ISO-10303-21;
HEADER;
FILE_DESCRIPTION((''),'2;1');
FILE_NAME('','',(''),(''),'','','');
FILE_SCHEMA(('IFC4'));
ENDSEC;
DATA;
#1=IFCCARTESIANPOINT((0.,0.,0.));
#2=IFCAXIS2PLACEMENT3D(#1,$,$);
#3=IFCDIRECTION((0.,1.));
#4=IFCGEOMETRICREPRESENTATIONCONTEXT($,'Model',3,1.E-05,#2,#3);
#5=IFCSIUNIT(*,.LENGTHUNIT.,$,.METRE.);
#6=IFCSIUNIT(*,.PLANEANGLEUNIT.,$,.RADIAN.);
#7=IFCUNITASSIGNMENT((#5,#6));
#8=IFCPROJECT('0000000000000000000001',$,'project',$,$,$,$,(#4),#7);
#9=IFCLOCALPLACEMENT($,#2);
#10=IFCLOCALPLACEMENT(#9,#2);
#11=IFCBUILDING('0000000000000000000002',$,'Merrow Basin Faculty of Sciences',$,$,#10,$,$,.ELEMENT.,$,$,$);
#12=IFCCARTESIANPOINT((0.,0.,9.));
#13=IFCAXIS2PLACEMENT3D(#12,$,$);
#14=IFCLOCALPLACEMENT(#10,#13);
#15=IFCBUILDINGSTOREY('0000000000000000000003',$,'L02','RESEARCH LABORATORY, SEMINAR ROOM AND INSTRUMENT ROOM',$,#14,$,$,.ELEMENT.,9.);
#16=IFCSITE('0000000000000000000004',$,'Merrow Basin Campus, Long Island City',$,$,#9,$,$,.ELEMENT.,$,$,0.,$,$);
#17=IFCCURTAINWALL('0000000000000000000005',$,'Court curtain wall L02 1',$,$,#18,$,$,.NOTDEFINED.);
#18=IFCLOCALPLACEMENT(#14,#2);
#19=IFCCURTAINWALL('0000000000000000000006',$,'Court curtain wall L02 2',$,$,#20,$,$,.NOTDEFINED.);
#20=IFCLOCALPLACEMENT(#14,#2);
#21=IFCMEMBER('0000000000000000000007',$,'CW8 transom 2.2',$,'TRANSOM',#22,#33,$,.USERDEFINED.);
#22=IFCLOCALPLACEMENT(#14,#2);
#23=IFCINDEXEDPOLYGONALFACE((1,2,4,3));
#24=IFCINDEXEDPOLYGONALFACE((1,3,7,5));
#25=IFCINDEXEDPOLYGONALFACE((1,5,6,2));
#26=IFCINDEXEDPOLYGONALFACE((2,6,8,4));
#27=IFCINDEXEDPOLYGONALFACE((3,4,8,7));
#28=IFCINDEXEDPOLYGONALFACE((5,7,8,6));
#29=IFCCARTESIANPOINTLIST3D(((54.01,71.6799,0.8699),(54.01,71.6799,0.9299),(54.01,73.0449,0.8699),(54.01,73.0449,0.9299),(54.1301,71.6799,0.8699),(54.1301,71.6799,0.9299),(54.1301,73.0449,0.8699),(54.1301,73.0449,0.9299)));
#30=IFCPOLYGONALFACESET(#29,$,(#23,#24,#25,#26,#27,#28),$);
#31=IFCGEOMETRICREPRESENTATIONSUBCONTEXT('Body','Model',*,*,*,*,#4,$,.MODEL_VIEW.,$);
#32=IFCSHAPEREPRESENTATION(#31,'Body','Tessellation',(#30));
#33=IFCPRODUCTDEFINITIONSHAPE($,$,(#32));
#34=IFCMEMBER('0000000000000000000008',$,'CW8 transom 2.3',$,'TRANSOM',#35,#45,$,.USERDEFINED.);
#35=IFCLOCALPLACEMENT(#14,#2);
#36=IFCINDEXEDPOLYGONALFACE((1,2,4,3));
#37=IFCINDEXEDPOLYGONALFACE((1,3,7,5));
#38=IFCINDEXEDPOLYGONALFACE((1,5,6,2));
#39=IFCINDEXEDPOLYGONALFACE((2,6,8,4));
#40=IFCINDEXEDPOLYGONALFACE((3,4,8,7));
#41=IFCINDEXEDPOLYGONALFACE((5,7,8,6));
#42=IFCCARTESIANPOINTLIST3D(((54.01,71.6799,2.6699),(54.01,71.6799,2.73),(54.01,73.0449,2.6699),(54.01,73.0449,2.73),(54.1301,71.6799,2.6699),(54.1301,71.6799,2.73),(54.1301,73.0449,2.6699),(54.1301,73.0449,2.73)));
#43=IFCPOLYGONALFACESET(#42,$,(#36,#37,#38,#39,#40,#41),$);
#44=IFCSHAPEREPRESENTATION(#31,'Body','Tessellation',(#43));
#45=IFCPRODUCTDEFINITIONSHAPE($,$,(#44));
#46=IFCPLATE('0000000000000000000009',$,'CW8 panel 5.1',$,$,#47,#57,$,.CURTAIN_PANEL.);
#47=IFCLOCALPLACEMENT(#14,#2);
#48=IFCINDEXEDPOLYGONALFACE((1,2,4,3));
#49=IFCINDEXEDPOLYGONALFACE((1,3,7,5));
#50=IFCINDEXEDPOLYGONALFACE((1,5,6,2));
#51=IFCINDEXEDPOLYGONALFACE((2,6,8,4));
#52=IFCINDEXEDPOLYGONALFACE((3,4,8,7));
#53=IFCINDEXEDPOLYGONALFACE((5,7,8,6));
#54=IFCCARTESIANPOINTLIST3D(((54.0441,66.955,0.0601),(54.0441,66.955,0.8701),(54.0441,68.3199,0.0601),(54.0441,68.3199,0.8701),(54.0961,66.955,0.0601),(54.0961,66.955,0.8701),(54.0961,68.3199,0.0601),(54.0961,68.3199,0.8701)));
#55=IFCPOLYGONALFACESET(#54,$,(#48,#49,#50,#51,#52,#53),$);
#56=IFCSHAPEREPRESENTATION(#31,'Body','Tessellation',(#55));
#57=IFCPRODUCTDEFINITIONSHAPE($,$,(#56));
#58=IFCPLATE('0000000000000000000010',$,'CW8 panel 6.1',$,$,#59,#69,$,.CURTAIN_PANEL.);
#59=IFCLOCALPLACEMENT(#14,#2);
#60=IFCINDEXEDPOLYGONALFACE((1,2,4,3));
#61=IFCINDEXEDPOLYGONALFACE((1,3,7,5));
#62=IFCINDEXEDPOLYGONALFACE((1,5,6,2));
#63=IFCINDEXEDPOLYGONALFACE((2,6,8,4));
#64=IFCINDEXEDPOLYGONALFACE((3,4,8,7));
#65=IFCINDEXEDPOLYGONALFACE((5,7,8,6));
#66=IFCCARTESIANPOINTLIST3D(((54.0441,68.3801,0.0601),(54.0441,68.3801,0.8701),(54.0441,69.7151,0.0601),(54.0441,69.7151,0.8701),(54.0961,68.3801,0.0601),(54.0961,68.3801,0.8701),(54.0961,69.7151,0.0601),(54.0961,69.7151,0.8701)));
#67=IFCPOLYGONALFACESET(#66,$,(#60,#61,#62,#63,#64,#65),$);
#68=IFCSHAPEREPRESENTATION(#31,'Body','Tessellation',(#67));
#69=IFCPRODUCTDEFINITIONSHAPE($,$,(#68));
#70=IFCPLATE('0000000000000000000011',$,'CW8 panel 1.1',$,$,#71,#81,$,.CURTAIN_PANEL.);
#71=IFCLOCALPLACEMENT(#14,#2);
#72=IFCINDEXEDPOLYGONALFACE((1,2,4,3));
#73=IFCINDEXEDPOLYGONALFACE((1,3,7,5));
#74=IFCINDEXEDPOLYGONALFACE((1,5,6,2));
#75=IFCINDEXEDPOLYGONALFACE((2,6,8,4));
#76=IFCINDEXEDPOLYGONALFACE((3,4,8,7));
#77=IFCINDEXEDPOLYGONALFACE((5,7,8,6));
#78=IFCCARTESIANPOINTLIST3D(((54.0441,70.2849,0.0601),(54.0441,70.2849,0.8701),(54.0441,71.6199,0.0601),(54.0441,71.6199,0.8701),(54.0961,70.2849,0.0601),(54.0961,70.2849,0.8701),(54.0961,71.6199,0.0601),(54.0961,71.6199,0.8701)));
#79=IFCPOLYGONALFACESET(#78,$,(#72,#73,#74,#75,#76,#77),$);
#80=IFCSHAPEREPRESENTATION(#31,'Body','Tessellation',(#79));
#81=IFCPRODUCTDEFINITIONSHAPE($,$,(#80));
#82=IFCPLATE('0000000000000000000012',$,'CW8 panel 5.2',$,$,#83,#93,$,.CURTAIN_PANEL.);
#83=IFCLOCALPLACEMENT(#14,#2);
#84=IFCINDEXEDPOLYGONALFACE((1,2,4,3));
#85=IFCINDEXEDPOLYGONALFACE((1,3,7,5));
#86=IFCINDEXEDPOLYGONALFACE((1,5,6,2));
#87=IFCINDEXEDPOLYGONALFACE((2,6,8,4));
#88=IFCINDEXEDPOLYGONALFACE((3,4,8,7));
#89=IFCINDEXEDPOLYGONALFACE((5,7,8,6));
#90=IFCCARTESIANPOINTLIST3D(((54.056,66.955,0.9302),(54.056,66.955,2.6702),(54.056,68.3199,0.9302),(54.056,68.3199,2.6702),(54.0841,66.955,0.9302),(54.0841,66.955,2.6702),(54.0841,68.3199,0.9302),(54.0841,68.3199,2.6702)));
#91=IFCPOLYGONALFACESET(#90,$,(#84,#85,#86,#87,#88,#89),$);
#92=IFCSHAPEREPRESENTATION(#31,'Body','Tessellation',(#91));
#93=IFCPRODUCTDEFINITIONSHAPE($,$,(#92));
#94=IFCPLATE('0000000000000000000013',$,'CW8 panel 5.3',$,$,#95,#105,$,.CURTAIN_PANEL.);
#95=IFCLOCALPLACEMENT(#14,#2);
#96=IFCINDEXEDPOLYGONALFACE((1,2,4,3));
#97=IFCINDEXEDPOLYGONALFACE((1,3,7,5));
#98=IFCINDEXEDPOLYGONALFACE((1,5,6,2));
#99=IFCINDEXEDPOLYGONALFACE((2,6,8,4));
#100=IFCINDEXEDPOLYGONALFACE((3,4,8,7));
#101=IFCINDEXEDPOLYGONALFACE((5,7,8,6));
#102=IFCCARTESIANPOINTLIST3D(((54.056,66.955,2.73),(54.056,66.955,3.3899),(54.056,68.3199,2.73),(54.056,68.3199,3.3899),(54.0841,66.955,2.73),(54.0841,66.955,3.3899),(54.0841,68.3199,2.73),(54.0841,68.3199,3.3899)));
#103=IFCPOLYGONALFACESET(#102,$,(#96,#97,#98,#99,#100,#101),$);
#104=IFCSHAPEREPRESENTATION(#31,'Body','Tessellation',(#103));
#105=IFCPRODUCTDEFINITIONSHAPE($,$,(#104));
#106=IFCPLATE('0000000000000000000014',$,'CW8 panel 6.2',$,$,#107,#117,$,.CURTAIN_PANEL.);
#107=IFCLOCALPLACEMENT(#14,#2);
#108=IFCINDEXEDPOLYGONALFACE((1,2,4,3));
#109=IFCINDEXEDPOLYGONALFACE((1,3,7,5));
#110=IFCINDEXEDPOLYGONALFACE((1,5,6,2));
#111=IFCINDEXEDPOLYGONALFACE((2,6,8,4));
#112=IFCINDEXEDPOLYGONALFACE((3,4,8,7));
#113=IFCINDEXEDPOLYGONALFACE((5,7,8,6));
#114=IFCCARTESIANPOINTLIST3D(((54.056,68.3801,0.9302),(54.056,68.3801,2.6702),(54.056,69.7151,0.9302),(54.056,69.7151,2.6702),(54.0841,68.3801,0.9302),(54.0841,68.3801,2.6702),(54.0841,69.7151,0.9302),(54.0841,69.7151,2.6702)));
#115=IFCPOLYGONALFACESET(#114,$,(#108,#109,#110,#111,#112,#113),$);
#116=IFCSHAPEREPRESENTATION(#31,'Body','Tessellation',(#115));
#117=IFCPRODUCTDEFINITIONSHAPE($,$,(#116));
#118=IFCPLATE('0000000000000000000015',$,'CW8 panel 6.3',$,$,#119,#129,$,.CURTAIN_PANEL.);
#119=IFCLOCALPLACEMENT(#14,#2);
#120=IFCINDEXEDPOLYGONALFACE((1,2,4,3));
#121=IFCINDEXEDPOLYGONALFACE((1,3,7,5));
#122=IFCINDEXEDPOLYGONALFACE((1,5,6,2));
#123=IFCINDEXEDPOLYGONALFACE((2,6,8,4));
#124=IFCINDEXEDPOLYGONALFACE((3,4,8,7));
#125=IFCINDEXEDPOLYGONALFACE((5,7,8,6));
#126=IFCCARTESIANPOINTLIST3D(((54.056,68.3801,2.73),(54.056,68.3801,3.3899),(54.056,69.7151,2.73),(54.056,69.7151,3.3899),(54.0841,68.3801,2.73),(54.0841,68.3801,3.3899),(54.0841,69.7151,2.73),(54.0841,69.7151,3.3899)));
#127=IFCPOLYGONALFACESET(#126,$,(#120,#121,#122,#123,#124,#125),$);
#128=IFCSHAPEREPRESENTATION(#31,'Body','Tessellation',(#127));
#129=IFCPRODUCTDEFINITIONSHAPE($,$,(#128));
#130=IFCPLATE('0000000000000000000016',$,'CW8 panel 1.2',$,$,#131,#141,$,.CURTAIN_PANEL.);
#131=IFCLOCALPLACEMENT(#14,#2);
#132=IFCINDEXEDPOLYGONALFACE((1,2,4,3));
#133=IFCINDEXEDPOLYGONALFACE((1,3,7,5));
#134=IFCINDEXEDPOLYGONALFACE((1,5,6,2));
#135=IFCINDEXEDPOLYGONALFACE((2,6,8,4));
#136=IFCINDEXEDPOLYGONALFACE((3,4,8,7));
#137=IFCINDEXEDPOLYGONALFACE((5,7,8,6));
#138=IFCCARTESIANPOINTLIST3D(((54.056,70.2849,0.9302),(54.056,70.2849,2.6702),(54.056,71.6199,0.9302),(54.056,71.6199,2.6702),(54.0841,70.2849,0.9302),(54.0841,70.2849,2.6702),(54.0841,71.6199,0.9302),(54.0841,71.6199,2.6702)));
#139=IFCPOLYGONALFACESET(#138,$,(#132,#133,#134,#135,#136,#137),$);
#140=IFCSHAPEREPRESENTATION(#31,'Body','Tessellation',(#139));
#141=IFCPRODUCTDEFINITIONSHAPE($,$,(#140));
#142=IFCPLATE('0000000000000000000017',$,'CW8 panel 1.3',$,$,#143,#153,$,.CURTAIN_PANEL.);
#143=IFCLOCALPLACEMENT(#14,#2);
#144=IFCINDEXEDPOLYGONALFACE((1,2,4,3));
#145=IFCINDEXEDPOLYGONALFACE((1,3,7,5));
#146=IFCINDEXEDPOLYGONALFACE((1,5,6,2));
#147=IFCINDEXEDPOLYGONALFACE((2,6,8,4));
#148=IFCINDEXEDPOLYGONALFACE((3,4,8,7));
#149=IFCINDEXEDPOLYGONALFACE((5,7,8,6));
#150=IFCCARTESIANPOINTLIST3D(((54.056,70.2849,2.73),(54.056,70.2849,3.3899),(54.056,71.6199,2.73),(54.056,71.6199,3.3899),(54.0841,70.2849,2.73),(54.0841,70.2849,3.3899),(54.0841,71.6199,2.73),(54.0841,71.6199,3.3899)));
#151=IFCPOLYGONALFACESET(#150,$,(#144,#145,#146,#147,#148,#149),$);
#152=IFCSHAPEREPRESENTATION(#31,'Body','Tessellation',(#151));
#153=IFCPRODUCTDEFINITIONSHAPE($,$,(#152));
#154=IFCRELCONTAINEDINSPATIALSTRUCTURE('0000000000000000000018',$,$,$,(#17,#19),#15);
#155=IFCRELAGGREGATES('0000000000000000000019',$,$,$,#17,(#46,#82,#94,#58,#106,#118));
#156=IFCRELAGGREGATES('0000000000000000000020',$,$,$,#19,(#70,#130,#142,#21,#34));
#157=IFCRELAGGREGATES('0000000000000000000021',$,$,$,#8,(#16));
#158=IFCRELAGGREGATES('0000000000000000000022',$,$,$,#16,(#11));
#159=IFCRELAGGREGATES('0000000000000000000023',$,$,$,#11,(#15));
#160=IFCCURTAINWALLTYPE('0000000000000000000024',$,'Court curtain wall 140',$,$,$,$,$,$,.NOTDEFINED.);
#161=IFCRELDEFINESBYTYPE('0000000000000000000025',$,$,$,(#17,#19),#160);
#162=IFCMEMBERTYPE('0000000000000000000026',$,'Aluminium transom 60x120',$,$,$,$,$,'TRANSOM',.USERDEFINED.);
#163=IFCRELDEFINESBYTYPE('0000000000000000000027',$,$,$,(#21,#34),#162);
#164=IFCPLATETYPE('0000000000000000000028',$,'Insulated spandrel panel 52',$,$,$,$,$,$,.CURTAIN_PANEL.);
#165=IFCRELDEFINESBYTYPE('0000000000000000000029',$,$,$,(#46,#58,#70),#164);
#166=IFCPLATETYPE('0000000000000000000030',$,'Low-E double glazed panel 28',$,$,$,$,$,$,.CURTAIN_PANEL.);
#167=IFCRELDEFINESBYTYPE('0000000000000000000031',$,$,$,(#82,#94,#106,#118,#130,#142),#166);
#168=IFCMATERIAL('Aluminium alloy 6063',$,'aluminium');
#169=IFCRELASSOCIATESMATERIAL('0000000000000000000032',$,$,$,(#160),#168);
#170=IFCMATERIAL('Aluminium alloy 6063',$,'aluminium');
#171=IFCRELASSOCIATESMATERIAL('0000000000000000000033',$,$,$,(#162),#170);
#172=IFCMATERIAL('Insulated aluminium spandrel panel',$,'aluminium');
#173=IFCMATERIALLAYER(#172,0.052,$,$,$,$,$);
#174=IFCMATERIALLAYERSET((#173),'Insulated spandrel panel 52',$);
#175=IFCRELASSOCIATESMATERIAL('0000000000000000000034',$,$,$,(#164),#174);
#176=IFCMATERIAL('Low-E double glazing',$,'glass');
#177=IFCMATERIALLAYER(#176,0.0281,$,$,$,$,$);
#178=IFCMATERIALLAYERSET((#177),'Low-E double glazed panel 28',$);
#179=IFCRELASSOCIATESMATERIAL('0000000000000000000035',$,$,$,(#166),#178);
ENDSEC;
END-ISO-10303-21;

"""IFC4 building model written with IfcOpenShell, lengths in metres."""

from ifc_helpers import new_model, si_unit, direction, frame, origin, origin_2d, place, context, subcontext, project, spatial, rectangle, extrude, material, layer, layer_set, material_profile, profile_set, type_object, element, aggregate, save


model = new_model("IFC4")

# Units and contexts
model_context = context("Model", 3, precision=1e-05, world=origin(), true_north=direction((0.0, 1.0)))
body_context = subcontext(model_context, "Body", "Model", "MODEL_VIEW")
ifc_project = project(units=[si_unit("LENGTHUNIT", "METRE"), si_unit("PLANEANGLEUNIT", "RADIAN")], contexts=[model_context])

# Site, building, storey
site_placement = place(None, origin())
site = spatial("IfcSite", under=ifc_project, at=site_placement, Name="Merrow Basin Campus, Long Island City", CompositionType="ELEMENT", RefElevation=0.0)
building_placement = place(site_placement, origin())
building = spatial("IfcBuilding", under=site, at=building_placement, Name="Merrow Basin Faculty of Sciences", CompositionType="ELEMENT")
storey_placement = place(building_placement, frame((0.0, 0.0, 9.0)))
storey = spatial("IfcBuildingStorey", under=building, at=storey_placement, Name="L02", Description="RESEARCH LABORATORY, SEMINAR ROOM AND INSTRUMENT ROOM", CompositionType="ELEMENT", Elevation=9.0)

# Curtain walls
ifc_material_1 = material(Name="Aluminium alloy 6063", Category="aluminium")
curtain_wall_type = type_object("IfcCurtainWallType", Name="Court curtain wall 140", PredefinedType="NOTDEFINED", material=ifc_material_1)
curtain_wall_1_placement = place(storey_placement, origin())
curtain_wall_1 = element("IfcCurtainWall", 1, at=curtain_wall_1_placement, inside=storey, type_object=curtain_wall_type, Name="Court curtain wall L02 1", PredefinedType="NOTDEFINED")
curtain_wall_2_placement = place(storey_placement, origin())
curtain_wall_2 = element("IfcCurtainWall", 2, at=curtain_wall_2_placement, inside=storey, type_object=curtain_wall_type, Name="Court curtain wall L02 2", PredefinedType="NOTDEFINED")

# Members
ifc_material_2 = material(Name="Aluminium alloy 6063", Category="aluminium")
ifc_material_profile_1 = material_profile(ifc_material_2, rectangle(XDim=0.1201, YDim=0.0601, at=origin_2d()))
ifc_profile_set_1 = profile_set([ifc_material_profile_1], Name="Aluminium alloy 6063")
member_type_1 = type_object("IfcMemberType", Name="Aluminium transom 60x120", ElementType="TRANSOM", PredefinedType="USERDEFINED", material=ifc_profile_set_1)
member_1_placement = place(storey_placement, frame((54.0701, 71.6799, 0.8999), z_axis=(0.0, 1.0, 0.0), x_axis=(-1.0, 0.0, 0.0)))
member_1 = element("IfcMember", 3, at=member_1_placement, type_object=member_type_1, Name="CW8 transom 2.2", ObjectType="TRANSOM", PredefinedType="USERDEFINED", context=body_context, shape_type="SweptSolid", body=[
    extrude(rectangle(XDim=0.1201, YDim=0.0601, at=origin_2d()), origin(), (0.0, 0.0, 1.0), 1.365),
])
member_2_placement = place(storey_placement, frame((54.0701, 71.6799, 2.7), z_axis=(0.0, 1.0, 0.0), x_axis=(-1.0, 0.0, 0.0)))
member_2 = element("IfcMember", 4, at=member_2_placement, type_object=member_type_1, Name="CW8 transom 2.3", ObjectType="TRANSOM", PredefinedType="USERDEFINED", context=body_context, shape_type="SweptSolid", body=[
    extrude(rectangle(XDim=0.1201, YDim=0.0601, at=origin_2d()), origin(), (0.0, 0.0, 1.0), 1.365),
])

# Plates
ifc_material_3 = material(Name="Insulated aluminium spandrel panel", Category="aluminium")
ifc_layer_1 = layer(ifc_material_3, 0.052)
ifc_layer_set_1 = layer_set([ifc_layer_1], Name="Insulated spandrel panel 52")
plate_type_1 = type_object("IfcPlateType", Name="Insulated spandrel panel 52", PredefinedType="CURTAIN_PANEL", material=ifc_layer_set_1)
plate_1_placement = place(storey_placement, frame((54.0701, 67.6375, 0.0601), z_axis=(0.0, 0.0, 1.0), x_axis=(0.0, 1.0, 0.0)))
plate_1 = element("IfcPlate", 5, at=plate_1_placement, type_object=plate_type_1, Name="CW8 panel 5.1", PredefinedType="CURTAIN_PANEL", context=body_context, shape_type="SweptSolid", body=[
    extrude(rectangle(XDim=1.365, YDim=0.052, at=origin_2d()), origin(), (0.0, 0.0, 1.0), 0.8101),
])
plate_2_placement = place(storey_placement, frame((54.0701, 69.0476, 0.0601), z_axis=(0.0, 0.0, 1.0), x_axis=(0.0, 1.0, 0.0)))
plate_2 = element("IfcPlate", 6, at=plate_2_placement, type_object=plate_type_1, Name="CW8 panel 6.1", PredefinedType="CURTAIN_PANEL", context=body_context, shape_type="SweptSolid", body=[
    extrude(rectangle(XDim=1.335, YDim=0.052, at=origin_2d()), origin(), (0.0, 0.0, 1.0), 0.8101),
])
plate_3_placement = place(storey_placement, frame((54.0701, 70.9524, 0.0601), z_axis=(0.0, 0.0, 1.0), x_axis=(0.0, 1.0, 0.0)))
plate_3 = element("IfcPlate", 7, at=plate_3_placement, type_object=plate_type_1, Name="CW8 panel 1.1", PredefinedType="CURTAIN_PANEL", context=body_context, shape_type="SweptSolid", body=[
    extrude(rectangle(XDim=1.335, YDim=0.052, at=origin_2d()), origin(), (0.0, 0.0, 1.0), 0.8101),
])
ifc_material_4 = material(Name="Low-E double glazing", Category="glass")
ifc_layer_2 = layer(ifc_material_4, 0.0281)
ifc_layer_set_2 = layer_set([ifc_layer_2], Name="Low-E double glazed panel 28")
plate_type_2 = type_object("IfcPlateType", Name="Low-E double glazed panel 28", PredefinedType="CURTAIN_PANEL", material=ifc_layer_set_2)
plate_4_placement = place(storey_placement, frame((54.0701, 67.6375, 0.9302), z_axis=(0.0, 0.0, 1.0), x_axis=(0.0, 1.0, 0.0)))
plate_4 = element("IfcPlate", 8, at=plate_4_placement, type_object=plate_type_2, Name="CW8 panel 5.2", PredefinedType="CURTAIN_PANEL", context=body_context, shape_type="SweptSolid", body=[
    extrude(rectangle(XDim=1.365, YDim=0.0281, at=origin_2d()), origin(), (0.0, 0.0, 1.0), 1.74),
])
plate_5_placement = place(storey_placement, frame((54.0701, 67.6375, 2.73), z_axis=(0.0, 0.0, 1.0), x_axis=(0.0, 1.0, 0.0)))
plate_5 = element("IfcPlate", 9, at=plate_5_placement, type_object=plate_type_2, Name="CW8 panel 5.3", PredefinedType="CURTAIN_PANEL", context=body_context, shape_type="SweptSolid", body=[
    extrude(rectangle(XDim=1.365, YDim=0.0281, at=origin_2d()), origin(), (0.0, 0.0, 1.0), 0.6599),
])
plate_6_placement = place(storey_placement, frame((54.0701, 69.0476, 0.9302), z_axis=(0.0, 0.0, 1.0), x_axis=(0.0, 1.0, 0.0)))
plate_6 = element("IfcPlate", 10, at=plate_6_placement, type_object=plate_type_2, Name="CW8 panel 6.2", PredefinedType="CURTAIN_PANEL", context=body_context, shape_type="SweptSolid", body=[
    extrude(rectangle(XDim=1.335, YDim=0.0281, at=origin_2d()), origin(), (0.0, 0.0, 1.0), 1.74),
])
plate_7_placement = place(storey_placement, frame((54.0701, 69.0476, 2.73), z_axis=(0.0, 0.0, 1.0), x_axis=(0.0, 1.0, 0.0)))
plate_7 = element("IfcPlate", 11, at=plate_7_placement, type_object=plate_type_2, Name="CW8 panel 6.3", PredefinedType="CURTAIN_PANEL", context=body_context, shape_type="SweptSolid", body=[
    extrude(rectangle(XDim=1.335, YDim=0.0281, at=origin_2d()), origin(), (0.0, 0.0, 1.0), 0.6599),
])
aggregate(curtain_wall_1, [plate_1, plate_4, plate_5, plate_2, plate_6, plate_7])
plate_8_placement = place(storey_placement, frame((54.0701, 70.9524, 0.9302), z_axis=(0.0, 0.0, 1.0), x_axis=(0.0, 1.0, 0.0)))
plate_8 = element("IfcPlate", 12, at=plate_8_placement, type_object=plate_type_2, Name="CW8 panel 1.2", PredefinedType="CURTAIN_PANEL", context=body_context, shape_type="SweptSolid", body=[
    extrude(rectangle(XDim=1.335, YDim=0.0281, at=origin_2d()), origin(), (0.0, 0.0, 1.0), 1.74),
])
plate_9_placement = place(storey_placement, frame((54.0701, 70.9524, 2.73), z_axis=(0.0, 0.0, 1.0), x_axis=(0.0, 1.0, 0.0)))
plate_9 = element("IfcPlate", 13, at=plate_9_placement, type_object=plate_type_2, Name="CW8 panel 1.3", PredefinedType="CURTAIN_PANEL", context=body_context, shape_type="SweptSolid", body=[
    extrude(rectangle(XDim=1.335, YDim=0.0281, at=origin_2d()), origin(), (0.0, 0.0, 1.0), 0.6599),
])
aggregate(curtain_wall_2, [plate_3, plate_8, plate_9, member_1, member_2])

save(model, "model.ifc")
